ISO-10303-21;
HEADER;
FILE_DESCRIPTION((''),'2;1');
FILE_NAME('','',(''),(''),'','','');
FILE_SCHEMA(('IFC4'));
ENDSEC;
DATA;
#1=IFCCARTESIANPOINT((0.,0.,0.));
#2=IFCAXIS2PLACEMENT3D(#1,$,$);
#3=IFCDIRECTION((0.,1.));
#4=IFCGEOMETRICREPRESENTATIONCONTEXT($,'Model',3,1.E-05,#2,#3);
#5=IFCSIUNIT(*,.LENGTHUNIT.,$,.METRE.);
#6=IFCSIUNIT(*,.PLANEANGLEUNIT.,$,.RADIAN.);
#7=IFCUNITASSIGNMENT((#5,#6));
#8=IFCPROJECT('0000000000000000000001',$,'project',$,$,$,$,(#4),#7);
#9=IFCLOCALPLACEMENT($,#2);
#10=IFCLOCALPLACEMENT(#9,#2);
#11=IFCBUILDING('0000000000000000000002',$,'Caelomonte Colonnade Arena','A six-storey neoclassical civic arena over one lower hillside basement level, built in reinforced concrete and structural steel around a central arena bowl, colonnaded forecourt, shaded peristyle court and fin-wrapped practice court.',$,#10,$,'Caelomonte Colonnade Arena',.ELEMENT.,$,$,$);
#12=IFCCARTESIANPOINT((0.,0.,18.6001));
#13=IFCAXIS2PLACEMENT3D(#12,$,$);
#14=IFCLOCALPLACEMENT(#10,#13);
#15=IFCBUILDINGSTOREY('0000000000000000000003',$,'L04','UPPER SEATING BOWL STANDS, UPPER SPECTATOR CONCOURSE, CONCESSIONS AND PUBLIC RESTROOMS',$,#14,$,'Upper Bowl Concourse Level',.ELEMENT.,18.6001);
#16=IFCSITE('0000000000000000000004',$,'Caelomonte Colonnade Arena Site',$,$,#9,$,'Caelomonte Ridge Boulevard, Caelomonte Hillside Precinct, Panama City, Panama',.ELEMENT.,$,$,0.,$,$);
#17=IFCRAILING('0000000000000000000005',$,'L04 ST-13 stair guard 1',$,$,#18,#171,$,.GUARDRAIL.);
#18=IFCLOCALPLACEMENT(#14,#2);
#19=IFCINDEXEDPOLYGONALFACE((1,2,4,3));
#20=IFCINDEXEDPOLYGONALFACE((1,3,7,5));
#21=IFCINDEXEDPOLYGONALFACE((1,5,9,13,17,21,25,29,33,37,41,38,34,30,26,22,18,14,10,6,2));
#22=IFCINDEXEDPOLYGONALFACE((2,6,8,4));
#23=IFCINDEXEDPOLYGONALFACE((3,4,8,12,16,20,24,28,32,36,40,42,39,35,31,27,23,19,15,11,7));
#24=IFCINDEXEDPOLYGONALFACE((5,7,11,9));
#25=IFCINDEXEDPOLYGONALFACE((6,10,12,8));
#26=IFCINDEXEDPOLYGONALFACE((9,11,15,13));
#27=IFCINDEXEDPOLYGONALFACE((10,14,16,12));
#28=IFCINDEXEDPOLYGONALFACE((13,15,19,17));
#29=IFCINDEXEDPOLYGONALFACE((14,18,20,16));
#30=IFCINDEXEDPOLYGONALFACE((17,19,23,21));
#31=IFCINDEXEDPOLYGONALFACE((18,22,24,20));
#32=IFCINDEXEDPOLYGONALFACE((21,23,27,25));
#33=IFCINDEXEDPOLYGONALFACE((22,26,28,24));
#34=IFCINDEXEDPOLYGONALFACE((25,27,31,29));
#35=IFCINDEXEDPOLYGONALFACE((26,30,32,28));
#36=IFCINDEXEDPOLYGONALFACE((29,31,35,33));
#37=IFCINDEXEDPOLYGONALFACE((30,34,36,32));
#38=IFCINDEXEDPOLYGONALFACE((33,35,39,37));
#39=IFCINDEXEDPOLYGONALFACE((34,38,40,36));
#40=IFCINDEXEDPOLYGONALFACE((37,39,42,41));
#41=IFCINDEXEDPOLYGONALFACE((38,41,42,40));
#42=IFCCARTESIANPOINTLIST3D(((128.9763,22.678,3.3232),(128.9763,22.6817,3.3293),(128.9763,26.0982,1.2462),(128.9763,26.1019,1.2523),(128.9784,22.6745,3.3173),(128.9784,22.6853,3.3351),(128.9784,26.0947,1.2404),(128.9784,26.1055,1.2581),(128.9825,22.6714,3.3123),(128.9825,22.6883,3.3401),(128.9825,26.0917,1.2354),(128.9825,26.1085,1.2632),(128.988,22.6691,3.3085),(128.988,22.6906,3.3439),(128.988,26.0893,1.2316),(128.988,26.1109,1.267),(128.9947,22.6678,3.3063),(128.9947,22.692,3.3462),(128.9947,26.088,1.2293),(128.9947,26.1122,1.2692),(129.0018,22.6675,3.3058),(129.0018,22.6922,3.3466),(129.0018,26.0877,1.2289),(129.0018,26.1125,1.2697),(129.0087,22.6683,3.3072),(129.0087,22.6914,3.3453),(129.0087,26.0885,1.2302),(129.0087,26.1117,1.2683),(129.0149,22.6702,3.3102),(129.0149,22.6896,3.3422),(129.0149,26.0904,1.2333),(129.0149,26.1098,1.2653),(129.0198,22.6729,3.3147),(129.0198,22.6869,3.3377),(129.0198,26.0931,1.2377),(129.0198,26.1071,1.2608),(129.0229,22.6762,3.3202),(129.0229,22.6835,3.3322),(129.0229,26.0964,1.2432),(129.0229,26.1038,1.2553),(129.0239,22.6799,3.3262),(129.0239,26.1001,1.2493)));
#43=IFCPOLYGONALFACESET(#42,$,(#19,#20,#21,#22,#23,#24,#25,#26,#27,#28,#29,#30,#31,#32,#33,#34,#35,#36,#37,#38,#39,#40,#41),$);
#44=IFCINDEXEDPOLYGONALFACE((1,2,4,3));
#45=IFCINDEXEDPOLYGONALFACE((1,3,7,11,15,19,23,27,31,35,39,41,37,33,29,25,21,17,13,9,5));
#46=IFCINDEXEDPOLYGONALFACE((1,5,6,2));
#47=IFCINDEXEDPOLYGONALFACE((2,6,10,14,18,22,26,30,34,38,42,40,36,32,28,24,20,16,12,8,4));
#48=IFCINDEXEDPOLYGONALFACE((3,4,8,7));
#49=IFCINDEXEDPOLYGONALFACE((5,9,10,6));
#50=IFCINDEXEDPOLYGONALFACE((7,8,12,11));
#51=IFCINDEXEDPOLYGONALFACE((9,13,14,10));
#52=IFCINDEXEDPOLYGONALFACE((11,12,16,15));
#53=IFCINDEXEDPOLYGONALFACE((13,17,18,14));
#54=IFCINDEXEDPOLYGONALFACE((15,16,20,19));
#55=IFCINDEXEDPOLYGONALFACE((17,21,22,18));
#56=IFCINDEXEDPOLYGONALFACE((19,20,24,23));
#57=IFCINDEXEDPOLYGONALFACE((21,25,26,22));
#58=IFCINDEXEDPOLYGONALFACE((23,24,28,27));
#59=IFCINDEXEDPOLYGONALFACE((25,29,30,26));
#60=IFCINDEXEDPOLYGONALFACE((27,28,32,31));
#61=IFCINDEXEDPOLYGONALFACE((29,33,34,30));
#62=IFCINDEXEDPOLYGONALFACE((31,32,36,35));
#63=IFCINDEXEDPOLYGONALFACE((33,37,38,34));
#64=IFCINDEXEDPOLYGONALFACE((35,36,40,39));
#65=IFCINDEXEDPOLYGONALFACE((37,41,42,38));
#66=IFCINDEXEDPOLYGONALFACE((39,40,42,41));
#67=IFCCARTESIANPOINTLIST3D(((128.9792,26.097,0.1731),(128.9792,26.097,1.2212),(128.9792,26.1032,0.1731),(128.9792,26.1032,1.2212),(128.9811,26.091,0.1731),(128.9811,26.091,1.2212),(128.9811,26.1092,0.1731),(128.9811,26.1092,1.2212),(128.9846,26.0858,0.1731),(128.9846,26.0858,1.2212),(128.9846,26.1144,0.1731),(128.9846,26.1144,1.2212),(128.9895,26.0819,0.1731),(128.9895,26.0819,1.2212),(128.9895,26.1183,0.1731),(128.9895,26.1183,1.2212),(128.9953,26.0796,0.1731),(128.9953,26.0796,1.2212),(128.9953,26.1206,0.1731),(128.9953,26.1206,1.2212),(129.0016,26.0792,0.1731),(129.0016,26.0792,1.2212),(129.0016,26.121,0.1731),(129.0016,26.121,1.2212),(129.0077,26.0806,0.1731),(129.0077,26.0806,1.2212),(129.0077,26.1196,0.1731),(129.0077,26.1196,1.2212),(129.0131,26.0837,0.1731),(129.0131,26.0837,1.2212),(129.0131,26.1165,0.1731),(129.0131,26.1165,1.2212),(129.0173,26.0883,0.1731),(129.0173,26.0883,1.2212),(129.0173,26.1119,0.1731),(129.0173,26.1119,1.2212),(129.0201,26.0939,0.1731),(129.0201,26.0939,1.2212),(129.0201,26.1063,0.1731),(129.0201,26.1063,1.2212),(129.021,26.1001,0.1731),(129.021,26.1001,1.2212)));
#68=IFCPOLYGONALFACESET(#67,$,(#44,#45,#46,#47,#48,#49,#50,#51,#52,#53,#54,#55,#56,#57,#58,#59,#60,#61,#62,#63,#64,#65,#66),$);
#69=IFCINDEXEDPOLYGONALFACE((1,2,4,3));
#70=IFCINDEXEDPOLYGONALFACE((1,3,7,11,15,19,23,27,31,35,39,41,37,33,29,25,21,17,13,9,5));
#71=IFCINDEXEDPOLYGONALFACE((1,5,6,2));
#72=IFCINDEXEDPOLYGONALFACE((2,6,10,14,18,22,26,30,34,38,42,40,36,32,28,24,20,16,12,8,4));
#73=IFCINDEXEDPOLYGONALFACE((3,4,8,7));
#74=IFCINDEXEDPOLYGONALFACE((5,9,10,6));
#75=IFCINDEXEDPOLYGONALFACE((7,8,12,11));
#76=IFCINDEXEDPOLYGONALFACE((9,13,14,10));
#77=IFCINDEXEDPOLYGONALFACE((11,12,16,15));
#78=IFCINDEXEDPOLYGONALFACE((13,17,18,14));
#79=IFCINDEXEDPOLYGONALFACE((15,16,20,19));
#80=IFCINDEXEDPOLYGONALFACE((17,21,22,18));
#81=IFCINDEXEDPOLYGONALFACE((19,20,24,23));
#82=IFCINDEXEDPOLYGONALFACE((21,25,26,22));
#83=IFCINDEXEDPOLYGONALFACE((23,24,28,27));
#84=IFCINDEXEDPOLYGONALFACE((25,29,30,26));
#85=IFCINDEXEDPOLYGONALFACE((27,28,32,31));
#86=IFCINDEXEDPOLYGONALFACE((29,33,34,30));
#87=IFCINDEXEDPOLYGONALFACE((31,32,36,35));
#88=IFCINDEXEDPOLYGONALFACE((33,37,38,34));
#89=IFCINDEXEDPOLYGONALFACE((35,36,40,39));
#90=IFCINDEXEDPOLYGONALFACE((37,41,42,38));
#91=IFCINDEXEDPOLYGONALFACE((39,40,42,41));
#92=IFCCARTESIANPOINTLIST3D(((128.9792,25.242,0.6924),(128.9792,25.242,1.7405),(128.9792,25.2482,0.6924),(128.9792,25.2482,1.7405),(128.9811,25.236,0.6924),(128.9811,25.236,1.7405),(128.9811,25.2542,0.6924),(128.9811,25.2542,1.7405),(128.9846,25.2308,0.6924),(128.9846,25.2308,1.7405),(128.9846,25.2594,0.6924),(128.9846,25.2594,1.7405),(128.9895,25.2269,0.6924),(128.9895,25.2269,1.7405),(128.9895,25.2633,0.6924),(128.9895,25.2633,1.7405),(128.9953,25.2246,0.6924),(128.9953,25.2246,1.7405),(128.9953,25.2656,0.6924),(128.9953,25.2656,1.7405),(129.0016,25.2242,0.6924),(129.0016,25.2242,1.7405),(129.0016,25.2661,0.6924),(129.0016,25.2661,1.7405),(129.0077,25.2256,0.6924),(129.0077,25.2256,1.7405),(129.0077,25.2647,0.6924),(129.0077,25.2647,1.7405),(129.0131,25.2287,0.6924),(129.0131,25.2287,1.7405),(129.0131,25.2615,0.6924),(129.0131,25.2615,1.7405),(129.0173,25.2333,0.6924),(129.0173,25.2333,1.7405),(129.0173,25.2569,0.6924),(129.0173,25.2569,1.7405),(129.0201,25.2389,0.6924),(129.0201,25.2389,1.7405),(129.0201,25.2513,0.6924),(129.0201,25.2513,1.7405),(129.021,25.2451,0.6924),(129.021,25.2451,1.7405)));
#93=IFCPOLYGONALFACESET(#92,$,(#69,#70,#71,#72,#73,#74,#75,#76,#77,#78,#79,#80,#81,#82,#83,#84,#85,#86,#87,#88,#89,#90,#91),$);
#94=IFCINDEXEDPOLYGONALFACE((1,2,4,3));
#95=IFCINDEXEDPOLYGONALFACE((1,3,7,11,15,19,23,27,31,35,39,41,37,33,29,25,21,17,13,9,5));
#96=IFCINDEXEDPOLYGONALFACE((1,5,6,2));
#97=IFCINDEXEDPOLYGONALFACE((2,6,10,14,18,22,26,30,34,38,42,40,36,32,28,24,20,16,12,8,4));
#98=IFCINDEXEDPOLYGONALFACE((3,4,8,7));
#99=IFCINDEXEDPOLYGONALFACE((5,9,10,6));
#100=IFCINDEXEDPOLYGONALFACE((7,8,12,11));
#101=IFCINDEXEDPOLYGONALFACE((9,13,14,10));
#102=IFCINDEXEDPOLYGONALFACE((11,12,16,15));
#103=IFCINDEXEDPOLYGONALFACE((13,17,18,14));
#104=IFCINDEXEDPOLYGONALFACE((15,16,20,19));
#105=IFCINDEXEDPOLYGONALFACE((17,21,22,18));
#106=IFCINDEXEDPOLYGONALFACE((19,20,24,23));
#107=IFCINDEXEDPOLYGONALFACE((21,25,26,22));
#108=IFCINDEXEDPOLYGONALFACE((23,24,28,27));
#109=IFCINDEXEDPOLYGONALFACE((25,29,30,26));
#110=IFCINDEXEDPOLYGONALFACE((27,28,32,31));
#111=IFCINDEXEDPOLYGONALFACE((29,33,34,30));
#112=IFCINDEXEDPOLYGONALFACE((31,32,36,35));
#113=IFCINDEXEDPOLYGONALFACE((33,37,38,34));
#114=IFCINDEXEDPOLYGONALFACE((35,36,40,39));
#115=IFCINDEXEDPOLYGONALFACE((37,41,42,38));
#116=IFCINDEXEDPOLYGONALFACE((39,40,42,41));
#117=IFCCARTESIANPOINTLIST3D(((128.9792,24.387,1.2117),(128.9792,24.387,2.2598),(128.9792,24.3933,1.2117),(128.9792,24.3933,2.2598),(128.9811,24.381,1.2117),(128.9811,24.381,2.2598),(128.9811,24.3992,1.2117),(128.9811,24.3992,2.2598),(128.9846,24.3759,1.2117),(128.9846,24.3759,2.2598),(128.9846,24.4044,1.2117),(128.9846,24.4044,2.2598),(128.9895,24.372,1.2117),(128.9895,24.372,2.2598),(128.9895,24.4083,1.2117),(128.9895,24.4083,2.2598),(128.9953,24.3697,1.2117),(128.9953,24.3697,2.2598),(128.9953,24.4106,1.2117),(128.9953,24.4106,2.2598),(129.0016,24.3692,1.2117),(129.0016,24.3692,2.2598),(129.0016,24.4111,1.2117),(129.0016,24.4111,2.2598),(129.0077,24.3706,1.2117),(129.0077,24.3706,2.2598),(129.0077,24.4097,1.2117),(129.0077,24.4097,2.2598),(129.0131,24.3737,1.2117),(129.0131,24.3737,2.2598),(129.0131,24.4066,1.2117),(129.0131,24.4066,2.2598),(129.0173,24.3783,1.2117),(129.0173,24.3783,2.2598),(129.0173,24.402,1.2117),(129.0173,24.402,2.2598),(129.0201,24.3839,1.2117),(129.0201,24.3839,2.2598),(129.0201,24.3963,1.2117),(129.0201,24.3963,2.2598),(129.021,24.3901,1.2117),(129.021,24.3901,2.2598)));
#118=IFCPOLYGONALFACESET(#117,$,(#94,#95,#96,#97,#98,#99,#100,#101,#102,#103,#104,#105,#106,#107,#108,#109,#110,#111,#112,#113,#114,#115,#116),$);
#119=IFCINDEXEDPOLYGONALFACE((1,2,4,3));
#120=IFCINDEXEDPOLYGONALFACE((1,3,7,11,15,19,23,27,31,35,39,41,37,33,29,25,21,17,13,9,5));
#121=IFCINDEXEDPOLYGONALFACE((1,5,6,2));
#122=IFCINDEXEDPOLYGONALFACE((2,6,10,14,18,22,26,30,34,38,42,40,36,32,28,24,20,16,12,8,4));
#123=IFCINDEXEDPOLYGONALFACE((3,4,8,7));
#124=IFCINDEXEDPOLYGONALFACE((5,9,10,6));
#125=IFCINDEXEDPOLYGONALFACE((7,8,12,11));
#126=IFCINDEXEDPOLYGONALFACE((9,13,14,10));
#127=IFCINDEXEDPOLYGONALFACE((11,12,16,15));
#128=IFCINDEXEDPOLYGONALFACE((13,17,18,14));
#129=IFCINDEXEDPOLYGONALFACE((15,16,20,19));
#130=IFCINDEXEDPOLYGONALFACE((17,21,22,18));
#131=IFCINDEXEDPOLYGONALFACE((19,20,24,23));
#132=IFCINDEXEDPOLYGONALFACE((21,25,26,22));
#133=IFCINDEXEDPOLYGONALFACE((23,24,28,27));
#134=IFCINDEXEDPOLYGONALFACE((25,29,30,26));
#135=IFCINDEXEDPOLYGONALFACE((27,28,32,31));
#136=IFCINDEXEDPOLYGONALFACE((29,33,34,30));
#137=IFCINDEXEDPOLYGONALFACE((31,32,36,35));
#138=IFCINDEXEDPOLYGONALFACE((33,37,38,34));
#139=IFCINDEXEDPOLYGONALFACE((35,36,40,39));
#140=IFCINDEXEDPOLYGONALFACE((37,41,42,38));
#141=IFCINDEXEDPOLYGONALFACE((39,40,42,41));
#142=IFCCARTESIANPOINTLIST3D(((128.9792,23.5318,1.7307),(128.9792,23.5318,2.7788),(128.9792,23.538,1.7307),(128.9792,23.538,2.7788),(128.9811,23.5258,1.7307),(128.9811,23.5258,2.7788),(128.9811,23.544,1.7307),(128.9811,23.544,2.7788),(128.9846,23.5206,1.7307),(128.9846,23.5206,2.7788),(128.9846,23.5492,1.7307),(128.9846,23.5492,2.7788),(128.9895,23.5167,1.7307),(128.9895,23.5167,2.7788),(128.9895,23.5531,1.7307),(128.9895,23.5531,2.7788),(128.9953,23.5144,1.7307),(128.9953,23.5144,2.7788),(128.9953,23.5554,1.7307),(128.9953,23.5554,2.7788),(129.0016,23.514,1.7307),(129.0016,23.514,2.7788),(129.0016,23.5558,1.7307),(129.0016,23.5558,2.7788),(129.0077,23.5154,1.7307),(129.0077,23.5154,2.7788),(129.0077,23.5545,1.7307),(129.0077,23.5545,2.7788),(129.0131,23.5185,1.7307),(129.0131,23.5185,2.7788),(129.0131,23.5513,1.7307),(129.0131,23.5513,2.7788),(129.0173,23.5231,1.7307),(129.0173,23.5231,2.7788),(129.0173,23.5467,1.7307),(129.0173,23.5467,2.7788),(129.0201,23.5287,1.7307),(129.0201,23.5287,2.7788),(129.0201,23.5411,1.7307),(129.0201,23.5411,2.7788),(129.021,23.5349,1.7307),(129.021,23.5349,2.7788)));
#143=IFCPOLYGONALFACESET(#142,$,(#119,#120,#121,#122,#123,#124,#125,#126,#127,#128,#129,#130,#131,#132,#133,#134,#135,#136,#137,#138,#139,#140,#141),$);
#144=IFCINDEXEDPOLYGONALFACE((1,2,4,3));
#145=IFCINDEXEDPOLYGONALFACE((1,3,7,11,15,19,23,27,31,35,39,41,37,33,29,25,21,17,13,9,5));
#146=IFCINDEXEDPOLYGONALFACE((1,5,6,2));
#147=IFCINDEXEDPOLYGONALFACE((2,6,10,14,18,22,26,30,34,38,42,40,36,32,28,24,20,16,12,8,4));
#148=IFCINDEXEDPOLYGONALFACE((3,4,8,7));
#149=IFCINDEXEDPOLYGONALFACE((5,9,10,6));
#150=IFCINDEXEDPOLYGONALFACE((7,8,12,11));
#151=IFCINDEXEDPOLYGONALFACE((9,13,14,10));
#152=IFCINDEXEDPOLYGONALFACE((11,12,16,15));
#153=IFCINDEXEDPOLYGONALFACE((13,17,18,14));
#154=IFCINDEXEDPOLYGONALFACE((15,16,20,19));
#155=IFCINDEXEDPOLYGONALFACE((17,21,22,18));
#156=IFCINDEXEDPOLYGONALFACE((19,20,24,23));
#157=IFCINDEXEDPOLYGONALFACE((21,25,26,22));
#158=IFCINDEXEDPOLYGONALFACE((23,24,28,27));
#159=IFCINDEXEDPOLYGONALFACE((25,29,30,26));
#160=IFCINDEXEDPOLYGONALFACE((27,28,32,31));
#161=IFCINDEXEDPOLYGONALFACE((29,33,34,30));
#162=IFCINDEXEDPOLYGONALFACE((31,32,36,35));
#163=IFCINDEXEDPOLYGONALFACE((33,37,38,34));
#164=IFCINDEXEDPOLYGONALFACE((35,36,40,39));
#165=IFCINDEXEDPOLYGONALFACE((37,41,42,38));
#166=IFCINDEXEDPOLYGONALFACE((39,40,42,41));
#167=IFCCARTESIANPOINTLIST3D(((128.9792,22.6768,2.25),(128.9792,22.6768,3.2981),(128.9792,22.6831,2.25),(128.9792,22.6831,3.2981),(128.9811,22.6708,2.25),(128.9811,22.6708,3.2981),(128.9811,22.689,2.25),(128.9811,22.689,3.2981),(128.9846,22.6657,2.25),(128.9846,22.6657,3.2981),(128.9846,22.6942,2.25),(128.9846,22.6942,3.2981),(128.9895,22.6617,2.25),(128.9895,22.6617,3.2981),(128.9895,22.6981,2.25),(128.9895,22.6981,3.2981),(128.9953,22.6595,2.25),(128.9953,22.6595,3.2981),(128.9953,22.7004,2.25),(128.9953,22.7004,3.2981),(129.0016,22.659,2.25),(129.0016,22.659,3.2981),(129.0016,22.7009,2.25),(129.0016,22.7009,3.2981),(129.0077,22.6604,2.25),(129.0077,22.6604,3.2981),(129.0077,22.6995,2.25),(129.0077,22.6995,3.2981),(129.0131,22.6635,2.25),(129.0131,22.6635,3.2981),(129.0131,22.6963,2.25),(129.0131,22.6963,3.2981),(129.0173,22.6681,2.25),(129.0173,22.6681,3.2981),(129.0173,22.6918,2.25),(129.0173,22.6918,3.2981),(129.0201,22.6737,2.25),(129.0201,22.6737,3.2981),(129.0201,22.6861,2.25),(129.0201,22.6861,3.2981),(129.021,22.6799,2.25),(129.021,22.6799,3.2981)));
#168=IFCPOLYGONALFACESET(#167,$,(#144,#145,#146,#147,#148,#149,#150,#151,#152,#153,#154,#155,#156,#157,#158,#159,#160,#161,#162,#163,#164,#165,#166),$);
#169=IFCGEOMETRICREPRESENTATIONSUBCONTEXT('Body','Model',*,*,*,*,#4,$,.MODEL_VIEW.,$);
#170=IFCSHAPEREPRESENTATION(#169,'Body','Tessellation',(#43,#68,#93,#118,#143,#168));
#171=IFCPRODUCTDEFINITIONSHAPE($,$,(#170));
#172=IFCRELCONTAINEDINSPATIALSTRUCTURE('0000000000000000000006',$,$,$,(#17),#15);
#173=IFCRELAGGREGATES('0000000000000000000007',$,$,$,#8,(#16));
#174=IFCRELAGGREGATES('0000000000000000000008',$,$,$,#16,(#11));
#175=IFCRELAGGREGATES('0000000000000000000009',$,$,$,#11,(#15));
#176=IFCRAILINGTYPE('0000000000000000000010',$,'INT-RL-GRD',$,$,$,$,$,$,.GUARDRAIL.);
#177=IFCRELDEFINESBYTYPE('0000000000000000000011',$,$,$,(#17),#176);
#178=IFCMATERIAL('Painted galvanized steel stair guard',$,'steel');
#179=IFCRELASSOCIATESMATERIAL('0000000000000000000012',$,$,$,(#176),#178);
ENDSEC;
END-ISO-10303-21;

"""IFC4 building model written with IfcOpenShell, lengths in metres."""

from ifc_helpers import new_model, si_unit, direction, frame, origin, origin_2d, place, context, subcontext, project, spatial, circle, extrude, material, type_object, element, save


model = new_model("IFC4")

# Units and contexts
model_context = context("Model", 3, precision=1e-05, world=origin(), true_north=direction((0.0, 1.0)))
body_context = subcontext(model_context, "Body", "Model", "MODEL_VIEW")
ifc_project = project(units=[si_unit("LENGTHUNIT", "METRE"), si_unit("PLANEANGLEUNIT", "RADIAN")], contexts=[model_context])

# Site, building, storey
site_placement = place(None, origin())
site = spatial("IfcSite", under=ifc_project, at=site_placement, Name="Caelomonte Colonnade Arena Site", LongName="Caelomonte Ridge Boulevard, Caelomonte Hillside Precinct, Panama City, Panama", CompositionType="ELEMENT", RefElevation=0.0)
building_placement = place(site_placement, origin())
building = spatial("IfcBuilding", under=site, at=building_placement, Name="Caelomonte Colonnade Arena", Description="A six-storey neoclassical civic arena over one lower hillside basement level, built in reinforced concrete and structural steel around a central arena bowl, colonnaded forecourt, shaded peristyle court and fin-wrapped practice court.", LongName="Caelomonte Colonnade Arena", CompositionType="ELEMENT")
storey_placement = place(building_placement, frame((0.0, 0.0, 18.6001)))
storey = spatial("IfcBuildingStorey", under=building, at=storey_placement, Name="L04", Description="UPPER SEATING BOWL STANDS, UPPER SPECTATOR CONCOURSE, CONCESSIONS AND PUBLIC RESTROOMS", LongName="Upper Bowl Concourse Level", CompositionType="ELEMENT", Elevation=18.6001)

# Railing
ifc_material_1 = material(Name="Painted galvanized steel stair guard", Category="steel")
railing_type_1 = type_object("IfcRailingType", Name="INT-RL-GRD", PredefinedType="GUARDRAIL", material=ifc_material_1)
railing_1_placement = place(storey_placement, frame((129.0, 26.1001, 0.1731)))
element("IfcRailing", 1, at=railing_1_placement, inside=storey, type_object=railing_type_1, Name="L04 ST-13 stair guard 1", PredefinedType="GUARDRAIL", context=body_context, shape_type="SweptSolid", body=[
    extrude(circle(Radius=0.0239, at=origin_2d()), frame((0.0, 0.0, 1.0762), z_axis=(0.0, -0.854746, 0.519047), x_axis=(1.0, 0.0, 0.0)), (0.0, 0.0, 1.0), 4.0015),
    extrude(circle(Radius=0.021, at=origin_2d()), origin(), (0.0, 0.0, 1.0), 1.0481),
    extrude(circle(Radius=0.021, at=origin_2d()), frame((0.0, -0.855, 0.5193)), (0.0, 0.0, 1.0), 1.0481),
    extrude(circle(Radius=0.021, at=origin_2d()), frame((0.0, -1.71, 1.0386)), (0.0, 0.0, 1.0), 1.0481),
    extrude(circle(Radius=0.021, at=origin_2d()), frame((0.0, -2.5652, 1.5576)), (0.0, 0.0, 1.0), 1.0481),
    extrude(circle(Radius=0.021, at=origin_2d()), frame((0.0, -3.4202, 2.0769)), (0.0, 0.0, 1.0), 1.0481),
])

save(model, "model.ifc")
